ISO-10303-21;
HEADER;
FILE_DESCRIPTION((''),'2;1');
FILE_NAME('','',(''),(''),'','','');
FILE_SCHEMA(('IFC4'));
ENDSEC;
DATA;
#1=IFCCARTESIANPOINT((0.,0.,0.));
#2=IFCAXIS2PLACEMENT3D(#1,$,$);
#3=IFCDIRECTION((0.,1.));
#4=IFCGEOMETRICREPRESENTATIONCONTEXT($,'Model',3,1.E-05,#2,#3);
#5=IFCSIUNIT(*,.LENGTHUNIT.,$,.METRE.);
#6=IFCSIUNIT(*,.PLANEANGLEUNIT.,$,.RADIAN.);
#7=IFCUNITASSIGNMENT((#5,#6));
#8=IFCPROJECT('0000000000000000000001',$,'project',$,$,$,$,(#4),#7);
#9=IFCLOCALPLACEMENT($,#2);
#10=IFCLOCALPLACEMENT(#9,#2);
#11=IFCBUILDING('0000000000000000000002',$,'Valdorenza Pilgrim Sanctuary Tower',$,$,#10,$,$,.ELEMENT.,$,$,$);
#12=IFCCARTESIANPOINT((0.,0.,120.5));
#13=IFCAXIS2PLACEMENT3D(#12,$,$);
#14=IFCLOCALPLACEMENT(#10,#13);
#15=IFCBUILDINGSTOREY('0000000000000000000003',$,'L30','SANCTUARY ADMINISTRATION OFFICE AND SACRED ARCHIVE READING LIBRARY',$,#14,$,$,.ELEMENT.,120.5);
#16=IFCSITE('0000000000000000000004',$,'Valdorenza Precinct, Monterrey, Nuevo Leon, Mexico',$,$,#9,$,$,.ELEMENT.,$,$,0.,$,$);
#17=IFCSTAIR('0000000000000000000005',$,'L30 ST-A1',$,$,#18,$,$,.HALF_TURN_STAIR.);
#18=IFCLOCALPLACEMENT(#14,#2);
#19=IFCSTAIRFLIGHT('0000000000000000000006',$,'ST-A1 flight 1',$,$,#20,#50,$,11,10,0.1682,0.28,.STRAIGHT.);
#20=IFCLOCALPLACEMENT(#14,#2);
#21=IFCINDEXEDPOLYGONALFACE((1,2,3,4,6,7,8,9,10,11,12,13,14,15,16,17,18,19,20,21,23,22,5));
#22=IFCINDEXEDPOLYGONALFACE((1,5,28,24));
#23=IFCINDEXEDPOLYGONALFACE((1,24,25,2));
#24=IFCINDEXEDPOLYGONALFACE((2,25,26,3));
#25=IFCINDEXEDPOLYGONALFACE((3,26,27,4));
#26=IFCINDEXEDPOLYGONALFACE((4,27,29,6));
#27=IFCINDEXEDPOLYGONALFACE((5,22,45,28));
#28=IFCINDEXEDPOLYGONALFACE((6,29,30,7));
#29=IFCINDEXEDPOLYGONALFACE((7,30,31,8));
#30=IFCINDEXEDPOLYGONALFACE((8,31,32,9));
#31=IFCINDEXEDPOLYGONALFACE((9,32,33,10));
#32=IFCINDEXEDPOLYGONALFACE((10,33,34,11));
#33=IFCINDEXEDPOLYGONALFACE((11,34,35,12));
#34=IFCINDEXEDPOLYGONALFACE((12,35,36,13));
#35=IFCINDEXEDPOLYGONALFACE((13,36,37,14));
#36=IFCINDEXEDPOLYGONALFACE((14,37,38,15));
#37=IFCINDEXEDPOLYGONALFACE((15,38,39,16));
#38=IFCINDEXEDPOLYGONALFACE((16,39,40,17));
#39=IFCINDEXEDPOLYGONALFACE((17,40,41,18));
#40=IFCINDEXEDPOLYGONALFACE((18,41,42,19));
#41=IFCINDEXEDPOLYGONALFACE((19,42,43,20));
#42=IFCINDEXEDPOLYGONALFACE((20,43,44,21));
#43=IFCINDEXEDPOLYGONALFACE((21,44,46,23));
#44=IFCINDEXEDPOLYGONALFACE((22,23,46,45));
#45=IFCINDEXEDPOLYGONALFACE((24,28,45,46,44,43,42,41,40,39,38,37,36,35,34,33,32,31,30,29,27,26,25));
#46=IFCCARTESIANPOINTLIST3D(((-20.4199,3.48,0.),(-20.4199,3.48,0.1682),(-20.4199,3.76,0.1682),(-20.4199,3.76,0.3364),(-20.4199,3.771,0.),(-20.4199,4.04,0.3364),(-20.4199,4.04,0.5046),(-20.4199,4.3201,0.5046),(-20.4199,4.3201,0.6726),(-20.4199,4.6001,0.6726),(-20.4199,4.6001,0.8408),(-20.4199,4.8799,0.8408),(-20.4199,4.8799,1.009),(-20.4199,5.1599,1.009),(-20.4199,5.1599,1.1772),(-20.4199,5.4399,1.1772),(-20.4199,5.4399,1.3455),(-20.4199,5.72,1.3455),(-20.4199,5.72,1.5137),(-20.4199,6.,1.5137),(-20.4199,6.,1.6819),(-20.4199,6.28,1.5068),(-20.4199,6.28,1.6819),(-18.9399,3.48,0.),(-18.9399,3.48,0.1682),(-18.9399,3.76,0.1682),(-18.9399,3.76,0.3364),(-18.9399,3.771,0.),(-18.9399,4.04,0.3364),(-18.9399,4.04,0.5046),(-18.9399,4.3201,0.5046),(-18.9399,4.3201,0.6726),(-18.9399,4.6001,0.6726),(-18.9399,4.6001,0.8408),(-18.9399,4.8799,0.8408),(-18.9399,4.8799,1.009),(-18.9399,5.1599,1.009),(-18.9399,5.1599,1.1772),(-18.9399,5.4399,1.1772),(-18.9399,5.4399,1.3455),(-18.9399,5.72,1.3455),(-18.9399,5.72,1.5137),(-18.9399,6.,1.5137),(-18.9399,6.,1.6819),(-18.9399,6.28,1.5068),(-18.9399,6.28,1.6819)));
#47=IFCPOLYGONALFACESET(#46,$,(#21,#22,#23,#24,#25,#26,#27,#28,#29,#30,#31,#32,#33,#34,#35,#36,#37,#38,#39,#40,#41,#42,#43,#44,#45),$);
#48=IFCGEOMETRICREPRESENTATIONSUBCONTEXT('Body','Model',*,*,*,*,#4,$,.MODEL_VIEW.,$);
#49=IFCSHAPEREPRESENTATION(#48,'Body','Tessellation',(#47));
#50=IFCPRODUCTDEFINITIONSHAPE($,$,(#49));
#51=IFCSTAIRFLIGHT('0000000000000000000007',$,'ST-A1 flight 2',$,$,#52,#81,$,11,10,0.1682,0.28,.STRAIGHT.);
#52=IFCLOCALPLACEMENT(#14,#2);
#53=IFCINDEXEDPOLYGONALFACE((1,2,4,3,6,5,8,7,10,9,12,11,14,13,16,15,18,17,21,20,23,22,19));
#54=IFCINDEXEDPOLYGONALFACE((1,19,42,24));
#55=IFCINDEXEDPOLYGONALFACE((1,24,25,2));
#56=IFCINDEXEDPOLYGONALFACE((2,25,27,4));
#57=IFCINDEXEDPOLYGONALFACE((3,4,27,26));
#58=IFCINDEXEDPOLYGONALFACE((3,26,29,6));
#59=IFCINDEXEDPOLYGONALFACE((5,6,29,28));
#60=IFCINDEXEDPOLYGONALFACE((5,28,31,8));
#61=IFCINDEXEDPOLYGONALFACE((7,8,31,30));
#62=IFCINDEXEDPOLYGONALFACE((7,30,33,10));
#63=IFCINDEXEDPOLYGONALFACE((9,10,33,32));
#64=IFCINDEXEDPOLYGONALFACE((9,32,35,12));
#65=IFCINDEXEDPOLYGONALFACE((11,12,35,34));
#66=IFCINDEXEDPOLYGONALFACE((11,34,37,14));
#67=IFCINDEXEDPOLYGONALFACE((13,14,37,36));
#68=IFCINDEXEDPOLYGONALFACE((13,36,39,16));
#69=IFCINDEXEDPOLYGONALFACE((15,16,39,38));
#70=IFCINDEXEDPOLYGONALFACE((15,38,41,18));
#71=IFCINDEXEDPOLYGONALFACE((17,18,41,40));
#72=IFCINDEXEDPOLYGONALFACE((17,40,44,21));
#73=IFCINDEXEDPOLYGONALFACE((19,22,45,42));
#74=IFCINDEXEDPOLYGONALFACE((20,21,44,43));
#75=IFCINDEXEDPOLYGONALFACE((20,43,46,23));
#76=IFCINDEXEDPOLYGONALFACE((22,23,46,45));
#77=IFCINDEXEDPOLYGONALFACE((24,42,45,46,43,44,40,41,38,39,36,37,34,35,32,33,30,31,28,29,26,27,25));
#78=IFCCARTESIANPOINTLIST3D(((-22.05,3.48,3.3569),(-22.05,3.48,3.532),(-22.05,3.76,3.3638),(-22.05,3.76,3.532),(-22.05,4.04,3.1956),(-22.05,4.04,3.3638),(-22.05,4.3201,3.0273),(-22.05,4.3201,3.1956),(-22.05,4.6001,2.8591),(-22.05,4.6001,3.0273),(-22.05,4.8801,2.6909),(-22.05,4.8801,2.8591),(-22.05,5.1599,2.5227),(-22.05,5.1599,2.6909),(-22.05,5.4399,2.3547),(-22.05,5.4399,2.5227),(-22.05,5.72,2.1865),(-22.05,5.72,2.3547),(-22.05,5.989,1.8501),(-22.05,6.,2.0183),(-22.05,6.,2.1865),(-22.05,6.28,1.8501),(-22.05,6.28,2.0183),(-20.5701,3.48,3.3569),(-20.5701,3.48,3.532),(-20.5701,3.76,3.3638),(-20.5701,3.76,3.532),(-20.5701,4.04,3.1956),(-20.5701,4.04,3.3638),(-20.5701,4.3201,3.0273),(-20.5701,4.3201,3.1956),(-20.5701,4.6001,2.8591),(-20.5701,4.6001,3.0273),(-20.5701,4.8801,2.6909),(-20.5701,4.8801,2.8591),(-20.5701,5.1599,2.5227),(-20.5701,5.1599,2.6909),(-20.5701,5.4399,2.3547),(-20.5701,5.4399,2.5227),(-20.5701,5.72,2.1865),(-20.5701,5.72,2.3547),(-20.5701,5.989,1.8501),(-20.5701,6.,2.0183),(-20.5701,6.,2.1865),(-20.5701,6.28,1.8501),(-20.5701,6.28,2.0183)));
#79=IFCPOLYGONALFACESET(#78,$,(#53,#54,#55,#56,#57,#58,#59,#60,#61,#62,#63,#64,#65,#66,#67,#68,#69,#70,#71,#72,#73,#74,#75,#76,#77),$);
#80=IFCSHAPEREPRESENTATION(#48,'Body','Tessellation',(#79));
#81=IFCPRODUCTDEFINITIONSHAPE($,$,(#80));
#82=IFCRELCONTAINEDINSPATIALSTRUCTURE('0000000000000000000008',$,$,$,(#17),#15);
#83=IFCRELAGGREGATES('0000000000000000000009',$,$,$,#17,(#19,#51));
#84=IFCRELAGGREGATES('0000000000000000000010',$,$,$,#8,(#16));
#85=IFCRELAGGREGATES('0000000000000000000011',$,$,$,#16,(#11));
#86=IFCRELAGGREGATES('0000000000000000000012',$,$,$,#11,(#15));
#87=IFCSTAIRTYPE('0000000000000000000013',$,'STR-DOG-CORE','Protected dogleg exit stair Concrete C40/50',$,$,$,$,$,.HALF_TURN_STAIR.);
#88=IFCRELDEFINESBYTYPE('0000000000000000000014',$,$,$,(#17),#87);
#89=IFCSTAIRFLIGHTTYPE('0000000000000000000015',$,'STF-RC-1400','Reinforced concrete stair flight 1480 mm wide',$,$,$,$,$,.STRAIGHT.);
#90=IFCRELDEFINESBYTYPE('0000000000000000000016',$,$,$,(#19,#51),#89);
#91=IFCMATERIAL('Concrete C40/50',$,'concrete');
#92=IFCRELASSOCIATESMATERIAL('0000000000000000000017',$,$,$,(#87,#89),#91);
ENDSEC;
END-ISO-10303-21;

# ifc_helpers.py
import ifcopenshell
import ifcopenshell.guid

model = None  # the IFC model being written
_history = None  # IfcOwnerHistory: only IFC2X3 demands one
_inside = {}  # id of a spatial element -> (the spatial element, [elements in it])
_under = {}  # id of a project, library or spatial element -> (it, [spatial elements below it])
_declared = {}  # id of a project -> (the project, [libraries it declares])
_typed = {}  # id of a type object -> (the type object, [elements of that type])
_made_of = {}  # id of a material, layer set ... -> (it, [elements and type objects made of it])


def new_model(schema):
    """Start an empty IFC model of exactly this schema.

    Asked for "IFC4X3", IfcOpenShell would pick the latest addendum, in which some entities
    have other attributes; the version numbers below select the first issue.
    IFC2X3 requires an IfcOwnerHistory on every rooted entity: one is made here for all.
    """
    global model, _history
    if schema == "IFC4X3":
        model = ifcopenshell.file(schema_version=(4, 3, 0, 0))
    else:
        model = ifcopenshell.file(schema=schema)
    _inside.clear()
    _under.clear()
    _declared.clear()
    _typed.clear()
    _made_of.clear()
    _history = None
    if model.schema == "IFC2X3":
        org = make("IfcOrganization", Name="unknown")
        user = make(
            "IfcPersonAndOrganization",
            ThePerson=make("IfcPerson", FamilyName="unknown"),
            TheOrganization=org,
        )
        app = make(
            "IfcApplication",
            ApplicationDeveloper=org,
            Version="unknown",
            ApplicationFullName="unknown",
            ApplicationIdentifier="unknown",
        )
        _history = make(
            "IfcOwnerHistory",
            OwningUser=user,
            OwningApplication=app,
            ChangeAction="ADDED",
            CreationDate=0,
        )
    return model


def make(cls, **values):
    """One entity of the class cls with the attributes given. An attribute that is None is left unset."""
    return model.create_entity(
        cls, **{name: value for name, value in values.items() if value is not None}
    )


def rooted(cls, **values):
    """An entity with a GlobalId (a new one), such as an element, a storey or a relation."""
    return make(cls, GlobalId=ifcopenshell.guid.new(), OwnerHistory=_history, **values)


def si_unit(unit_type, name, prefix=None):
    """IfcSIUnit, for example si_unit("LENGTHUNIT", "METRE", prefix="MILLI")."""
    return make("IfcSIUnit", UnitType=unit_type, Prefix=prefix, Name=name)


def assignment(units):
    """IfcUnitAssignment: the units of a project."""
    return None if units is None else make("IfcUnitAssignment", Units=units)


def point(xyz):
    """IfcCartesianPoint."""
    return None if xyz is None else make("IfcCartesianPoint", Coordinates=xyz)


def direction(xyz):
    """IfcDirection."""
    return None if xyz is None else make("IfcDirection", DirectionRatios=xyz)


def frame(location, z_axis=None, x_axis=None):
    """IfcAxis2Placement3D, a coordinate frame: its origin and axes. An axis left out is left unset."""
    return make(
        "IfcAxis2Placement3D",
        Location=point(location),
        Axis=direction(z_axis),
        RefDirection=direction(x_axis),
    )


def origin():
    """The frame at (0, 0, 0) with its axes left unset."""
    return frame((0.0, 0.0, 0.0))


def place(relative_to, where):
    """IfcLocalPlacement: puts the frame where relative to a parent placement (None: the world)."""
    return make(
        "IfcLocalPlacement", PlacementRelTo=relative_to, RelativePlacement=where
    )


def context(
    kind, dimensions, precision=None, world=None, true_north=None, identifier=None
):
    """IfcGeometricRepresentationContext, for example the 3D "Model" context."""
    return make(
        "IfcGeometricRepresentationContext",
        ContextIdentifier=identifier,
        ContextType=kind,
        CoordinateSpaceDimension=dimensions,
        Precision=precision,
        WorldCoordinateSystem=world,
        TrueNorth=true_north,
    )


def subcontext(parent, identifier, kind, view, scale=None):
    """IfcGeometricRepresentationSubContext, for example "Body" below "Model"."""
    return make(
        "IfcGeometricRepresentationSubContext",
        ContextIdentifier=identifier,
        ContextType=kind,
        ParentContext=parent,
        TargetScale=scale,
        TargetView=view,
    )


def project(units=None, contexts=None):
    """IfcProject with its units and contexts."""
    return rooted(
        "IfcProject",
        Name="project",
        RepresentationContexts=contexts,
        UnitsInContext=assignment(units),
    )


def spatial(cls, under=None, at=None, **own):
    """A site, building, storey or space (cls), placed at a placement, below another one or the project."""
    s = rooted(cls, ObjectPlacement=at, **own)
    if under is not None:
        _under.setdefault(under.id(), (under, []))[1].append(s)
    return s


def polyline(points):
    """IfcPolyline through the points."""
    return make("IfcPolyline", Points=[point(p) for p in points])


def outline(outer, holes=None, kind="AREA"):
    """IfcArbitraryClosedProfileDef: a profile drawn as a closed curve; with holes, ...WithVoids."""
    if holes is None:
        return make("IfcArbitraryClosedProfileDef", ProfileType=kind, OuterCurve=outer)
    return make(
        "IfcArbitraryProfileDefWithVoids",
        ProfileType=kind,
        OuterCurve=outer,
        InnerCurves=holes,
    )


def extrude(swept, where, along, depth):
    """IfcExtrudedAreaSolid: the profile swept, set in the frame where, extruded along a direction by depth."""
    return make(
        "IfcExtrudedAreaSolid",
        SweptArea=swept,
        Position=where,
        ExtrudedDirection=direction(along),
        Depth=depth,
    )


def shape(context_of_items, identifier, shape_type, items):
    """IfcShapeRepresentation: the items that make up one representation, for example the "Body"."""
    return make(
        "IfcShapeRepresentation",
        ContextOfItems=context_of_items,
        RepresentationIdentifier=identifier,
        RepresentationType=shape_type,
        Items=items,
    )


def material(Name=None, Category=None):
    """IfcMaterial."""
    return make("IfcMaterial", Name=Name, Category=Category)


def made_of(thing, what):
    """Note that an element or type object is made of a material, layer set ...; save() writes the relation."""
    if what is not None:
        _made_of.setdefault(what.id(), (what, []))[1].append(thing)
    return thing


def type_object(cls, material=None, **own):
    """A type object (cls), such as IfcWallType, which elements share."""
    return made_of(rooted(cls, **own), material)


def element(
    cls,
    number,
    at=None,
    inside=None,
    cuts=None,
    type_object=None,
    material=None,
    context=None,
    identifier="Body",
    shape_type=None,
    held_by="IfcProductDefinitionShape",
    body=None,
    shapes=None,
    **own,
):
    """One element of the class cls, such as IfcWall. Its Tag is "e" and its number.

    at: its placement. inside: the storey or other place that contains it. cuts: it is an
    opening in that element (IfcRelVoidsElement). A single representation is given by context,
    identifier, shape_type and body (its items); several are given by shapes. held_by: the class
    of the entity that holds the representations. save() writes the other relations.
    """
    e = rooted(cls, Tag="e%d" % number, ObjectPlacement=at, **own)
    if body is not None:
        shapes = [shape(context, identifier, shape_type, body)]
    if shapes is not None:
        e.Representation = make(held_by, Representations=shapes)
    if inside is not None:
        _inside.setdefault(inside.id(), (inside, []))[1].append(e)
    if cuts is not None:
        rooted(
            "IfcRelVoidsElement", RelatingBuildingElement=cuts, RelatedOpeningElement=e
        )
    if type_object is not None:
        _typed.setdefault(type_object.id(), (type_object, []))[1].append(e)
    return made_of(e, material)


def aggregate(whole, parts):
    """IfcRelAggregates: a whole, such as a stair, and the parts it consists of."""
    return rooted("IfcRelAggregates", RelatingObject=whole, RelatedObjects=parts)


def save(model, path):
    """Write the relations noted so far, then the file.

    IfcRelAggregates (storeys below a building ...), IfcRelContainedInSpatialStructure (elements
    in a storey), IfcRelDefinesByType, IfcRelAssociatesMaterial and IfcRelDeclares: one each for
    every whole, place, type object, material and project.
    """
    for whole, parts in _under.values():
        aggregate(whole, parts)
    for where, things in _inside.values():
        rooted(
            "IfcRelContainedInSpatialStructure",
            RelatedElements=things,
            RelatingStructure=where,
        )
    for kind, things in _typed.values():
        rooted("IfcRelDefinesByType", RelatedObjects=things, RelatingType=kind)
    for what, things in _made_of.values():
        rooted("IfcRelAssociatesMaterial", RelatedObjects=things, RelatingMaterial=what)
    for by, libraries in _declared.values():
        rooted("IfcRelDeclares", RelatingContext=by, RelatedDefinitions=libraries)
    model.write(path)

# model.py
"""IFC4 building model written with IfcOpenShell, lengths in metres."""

from ifc_helpers import new_model, si_unit, direction, frame, origin, place, context, subcontext, project, spatial, polyline, outline, extrude, material, type_object, element, aggregate, save


model = new_model("IFC4")

# Units and contexts
model_context = context("Model", 3, precision=1e-05, world=origin(), true_north=direction((0.0, 1.0)))
body_context = subcontext(model_context, "Body", "Model", "MODEL_VIEW")
ifc_project = project(units=[si_unit("LENGTHUNIT", "METRE"), si_unit("PLANEANGLEUNIT", "RADIAN")], contexts=[model_context])

# Site, building, storey
site_placement = place(None, origin())
site = spatial("IfcSite", under=ifc_project, at=site_placement, Name="Valdorenza Precinct, Monterrey, Nuevo Leon, Mexico", CompositionType="ELEMENT", RefElevation=0.0)
building_placement = place(site_placement, origin())
building = spatial("IfcBuilding", under=site, at=building_placement, Name="Valdorenza Pilgrim Sanctuary Tower", CompositionType="ELEMENT")
storey_placement = place(building_placement, frame((0.0, 0.0, 120.5)))
storey = spatial("IfcBuildingStorey", under=building, at=storey_placement, Name="L30", Description="SANCTUARY ADMINISTRATION OFFICE AND SACRED ARCHIVE READING LIBRARY", CompositionType="ELEMENT", Elevation=120.5)

# Shared definitions
ifc_material_1 = material(Name="Concrete C40/50", Category="concrete")

# Stair, stair flights
stair_type = type_object("IfcStairType", Name="STR-DOG-CORE", Description="Protected dogleg exit stair Concrete C40/50", PredefinedType="HALF_TURN_STAIR", material=ifc_material_1)
stair_placement = place(storey_placement, origin())
stair = element("IfcStair", 1, at=stair_placement, inside=storey, type_object=stair_type, Name="L30 ST-A1", PredefinedType="HALF_TURN_STAIR")
stair_flight_type = type_object("IfcStairFlightType", Name="STF-RC-1400", Description="Reinforced concrete stair flight 1480 mm wide", PredefinedType="STRAIGHT", material=ifc_material_1)
stair_flight_1_placement = place(storey_placement, frame((-19.6799, 3.48, 0.0), z_axis=(0.0, 0.0, 1.0), x_axis=(0.0, 1.0, 0.0)))
stair_flight_1 = element("IfcStairFlight", 2, at=stair_flight_1_placement, type_object=stair_flight_type, Name="ST-A1 flight 1", NumberOfRisers=11, NumberOfTreads=10, PredefinedType="STRAIGHT", RiserHeight=0.1682, TreadLength=0.28, context=body_context, shape_type="SweptSolid", body=[
    extrude(outline(polyline([(0.0, 0.0), (0.0, 0.1682), (0.28, 0.1682), (0.28, 0.3364), (0.5601, 0.3364), (0.5601, 0.5046), (0.8401, 0.5046), (0.8401, 0.6726), (1.1201, 0.6726), (1.1201, 0.8408), (1.3999, 0.8408), (1.3999, 1.009), (1.6799, 1.009), (1.6799, 1.1772), (1.96, 1.1772), (1.96, 1.3455), (2.24, 1.3455), (2.24, 1.5137), (2.52, 1.5137), (2.52, 1.6819), (2.8, 1.6819), (2.8, 1.8501), (2.8, 1.5068), (0.291, 0.0), (0.0, 0.0)])), frame((0.0, 0.74, 0.0), z_axis=(0.0, -1.0, 0.0), x_axis=(1.0, 0.0, 0.0)), (0.0, 0.0, 1.0), 1.48),
])
stair_flight_2_placement = place(storey_placement, frame((-21.3101, 6.28, 1.8501), z_axis=(0.0, 0.0, 1.0), x_axis=(0.0, -1.0, 0.0)))
stair_flight_2 = element("IfcStairFlight", 3, at=stair_flight_2_placement, type_object=stair_flight_type, Name="ST-A1 flight 2", NumberOfRisers=11, NumberOfTreads=10, PredefinedType="STRAIGHT", RiserHeight=0.1682, TreadLength=0.28, context=body_context, shape_type="SweptSolid", body=[
    extrude(outline(polyline([(0.0, 0.0), (0.0, 0.1682), (0.28, 0.1682), (0.28, 0.3364), (0.5601, 0.3364), (0.5601, 0.5046), (0.8401, 0.5046), (0.8401, 0.6726), (1.1201, 0.6726), (1.1201, 0.8408), (1.3999, 0.8408), (1.3999, 1.009), (1.6799, 1.009), (1.6799, 1.1772), (1.96, 1.1772), (1.96, 1.3455), (2.24, 1.3455), (2.24, 1.5137), (2.52, 1.5137), (2.52, 1.6819), (2.8, 1.6819), (2.8, 1.8501), (2.8, 1.5068), (0.291, 0.0), (0.0, 0.0)])), frame((0.0, 0.74, 0.0), z_axis=(0.0, -1.0, 0.0), x_axis=(1.0, 0.0, 0.0)), (0.0, 0.0, 1.0), 1.48),
])
aggregate(stair, [stair_flight_1, stair_flight_2])

save(model, "model.ifc")
